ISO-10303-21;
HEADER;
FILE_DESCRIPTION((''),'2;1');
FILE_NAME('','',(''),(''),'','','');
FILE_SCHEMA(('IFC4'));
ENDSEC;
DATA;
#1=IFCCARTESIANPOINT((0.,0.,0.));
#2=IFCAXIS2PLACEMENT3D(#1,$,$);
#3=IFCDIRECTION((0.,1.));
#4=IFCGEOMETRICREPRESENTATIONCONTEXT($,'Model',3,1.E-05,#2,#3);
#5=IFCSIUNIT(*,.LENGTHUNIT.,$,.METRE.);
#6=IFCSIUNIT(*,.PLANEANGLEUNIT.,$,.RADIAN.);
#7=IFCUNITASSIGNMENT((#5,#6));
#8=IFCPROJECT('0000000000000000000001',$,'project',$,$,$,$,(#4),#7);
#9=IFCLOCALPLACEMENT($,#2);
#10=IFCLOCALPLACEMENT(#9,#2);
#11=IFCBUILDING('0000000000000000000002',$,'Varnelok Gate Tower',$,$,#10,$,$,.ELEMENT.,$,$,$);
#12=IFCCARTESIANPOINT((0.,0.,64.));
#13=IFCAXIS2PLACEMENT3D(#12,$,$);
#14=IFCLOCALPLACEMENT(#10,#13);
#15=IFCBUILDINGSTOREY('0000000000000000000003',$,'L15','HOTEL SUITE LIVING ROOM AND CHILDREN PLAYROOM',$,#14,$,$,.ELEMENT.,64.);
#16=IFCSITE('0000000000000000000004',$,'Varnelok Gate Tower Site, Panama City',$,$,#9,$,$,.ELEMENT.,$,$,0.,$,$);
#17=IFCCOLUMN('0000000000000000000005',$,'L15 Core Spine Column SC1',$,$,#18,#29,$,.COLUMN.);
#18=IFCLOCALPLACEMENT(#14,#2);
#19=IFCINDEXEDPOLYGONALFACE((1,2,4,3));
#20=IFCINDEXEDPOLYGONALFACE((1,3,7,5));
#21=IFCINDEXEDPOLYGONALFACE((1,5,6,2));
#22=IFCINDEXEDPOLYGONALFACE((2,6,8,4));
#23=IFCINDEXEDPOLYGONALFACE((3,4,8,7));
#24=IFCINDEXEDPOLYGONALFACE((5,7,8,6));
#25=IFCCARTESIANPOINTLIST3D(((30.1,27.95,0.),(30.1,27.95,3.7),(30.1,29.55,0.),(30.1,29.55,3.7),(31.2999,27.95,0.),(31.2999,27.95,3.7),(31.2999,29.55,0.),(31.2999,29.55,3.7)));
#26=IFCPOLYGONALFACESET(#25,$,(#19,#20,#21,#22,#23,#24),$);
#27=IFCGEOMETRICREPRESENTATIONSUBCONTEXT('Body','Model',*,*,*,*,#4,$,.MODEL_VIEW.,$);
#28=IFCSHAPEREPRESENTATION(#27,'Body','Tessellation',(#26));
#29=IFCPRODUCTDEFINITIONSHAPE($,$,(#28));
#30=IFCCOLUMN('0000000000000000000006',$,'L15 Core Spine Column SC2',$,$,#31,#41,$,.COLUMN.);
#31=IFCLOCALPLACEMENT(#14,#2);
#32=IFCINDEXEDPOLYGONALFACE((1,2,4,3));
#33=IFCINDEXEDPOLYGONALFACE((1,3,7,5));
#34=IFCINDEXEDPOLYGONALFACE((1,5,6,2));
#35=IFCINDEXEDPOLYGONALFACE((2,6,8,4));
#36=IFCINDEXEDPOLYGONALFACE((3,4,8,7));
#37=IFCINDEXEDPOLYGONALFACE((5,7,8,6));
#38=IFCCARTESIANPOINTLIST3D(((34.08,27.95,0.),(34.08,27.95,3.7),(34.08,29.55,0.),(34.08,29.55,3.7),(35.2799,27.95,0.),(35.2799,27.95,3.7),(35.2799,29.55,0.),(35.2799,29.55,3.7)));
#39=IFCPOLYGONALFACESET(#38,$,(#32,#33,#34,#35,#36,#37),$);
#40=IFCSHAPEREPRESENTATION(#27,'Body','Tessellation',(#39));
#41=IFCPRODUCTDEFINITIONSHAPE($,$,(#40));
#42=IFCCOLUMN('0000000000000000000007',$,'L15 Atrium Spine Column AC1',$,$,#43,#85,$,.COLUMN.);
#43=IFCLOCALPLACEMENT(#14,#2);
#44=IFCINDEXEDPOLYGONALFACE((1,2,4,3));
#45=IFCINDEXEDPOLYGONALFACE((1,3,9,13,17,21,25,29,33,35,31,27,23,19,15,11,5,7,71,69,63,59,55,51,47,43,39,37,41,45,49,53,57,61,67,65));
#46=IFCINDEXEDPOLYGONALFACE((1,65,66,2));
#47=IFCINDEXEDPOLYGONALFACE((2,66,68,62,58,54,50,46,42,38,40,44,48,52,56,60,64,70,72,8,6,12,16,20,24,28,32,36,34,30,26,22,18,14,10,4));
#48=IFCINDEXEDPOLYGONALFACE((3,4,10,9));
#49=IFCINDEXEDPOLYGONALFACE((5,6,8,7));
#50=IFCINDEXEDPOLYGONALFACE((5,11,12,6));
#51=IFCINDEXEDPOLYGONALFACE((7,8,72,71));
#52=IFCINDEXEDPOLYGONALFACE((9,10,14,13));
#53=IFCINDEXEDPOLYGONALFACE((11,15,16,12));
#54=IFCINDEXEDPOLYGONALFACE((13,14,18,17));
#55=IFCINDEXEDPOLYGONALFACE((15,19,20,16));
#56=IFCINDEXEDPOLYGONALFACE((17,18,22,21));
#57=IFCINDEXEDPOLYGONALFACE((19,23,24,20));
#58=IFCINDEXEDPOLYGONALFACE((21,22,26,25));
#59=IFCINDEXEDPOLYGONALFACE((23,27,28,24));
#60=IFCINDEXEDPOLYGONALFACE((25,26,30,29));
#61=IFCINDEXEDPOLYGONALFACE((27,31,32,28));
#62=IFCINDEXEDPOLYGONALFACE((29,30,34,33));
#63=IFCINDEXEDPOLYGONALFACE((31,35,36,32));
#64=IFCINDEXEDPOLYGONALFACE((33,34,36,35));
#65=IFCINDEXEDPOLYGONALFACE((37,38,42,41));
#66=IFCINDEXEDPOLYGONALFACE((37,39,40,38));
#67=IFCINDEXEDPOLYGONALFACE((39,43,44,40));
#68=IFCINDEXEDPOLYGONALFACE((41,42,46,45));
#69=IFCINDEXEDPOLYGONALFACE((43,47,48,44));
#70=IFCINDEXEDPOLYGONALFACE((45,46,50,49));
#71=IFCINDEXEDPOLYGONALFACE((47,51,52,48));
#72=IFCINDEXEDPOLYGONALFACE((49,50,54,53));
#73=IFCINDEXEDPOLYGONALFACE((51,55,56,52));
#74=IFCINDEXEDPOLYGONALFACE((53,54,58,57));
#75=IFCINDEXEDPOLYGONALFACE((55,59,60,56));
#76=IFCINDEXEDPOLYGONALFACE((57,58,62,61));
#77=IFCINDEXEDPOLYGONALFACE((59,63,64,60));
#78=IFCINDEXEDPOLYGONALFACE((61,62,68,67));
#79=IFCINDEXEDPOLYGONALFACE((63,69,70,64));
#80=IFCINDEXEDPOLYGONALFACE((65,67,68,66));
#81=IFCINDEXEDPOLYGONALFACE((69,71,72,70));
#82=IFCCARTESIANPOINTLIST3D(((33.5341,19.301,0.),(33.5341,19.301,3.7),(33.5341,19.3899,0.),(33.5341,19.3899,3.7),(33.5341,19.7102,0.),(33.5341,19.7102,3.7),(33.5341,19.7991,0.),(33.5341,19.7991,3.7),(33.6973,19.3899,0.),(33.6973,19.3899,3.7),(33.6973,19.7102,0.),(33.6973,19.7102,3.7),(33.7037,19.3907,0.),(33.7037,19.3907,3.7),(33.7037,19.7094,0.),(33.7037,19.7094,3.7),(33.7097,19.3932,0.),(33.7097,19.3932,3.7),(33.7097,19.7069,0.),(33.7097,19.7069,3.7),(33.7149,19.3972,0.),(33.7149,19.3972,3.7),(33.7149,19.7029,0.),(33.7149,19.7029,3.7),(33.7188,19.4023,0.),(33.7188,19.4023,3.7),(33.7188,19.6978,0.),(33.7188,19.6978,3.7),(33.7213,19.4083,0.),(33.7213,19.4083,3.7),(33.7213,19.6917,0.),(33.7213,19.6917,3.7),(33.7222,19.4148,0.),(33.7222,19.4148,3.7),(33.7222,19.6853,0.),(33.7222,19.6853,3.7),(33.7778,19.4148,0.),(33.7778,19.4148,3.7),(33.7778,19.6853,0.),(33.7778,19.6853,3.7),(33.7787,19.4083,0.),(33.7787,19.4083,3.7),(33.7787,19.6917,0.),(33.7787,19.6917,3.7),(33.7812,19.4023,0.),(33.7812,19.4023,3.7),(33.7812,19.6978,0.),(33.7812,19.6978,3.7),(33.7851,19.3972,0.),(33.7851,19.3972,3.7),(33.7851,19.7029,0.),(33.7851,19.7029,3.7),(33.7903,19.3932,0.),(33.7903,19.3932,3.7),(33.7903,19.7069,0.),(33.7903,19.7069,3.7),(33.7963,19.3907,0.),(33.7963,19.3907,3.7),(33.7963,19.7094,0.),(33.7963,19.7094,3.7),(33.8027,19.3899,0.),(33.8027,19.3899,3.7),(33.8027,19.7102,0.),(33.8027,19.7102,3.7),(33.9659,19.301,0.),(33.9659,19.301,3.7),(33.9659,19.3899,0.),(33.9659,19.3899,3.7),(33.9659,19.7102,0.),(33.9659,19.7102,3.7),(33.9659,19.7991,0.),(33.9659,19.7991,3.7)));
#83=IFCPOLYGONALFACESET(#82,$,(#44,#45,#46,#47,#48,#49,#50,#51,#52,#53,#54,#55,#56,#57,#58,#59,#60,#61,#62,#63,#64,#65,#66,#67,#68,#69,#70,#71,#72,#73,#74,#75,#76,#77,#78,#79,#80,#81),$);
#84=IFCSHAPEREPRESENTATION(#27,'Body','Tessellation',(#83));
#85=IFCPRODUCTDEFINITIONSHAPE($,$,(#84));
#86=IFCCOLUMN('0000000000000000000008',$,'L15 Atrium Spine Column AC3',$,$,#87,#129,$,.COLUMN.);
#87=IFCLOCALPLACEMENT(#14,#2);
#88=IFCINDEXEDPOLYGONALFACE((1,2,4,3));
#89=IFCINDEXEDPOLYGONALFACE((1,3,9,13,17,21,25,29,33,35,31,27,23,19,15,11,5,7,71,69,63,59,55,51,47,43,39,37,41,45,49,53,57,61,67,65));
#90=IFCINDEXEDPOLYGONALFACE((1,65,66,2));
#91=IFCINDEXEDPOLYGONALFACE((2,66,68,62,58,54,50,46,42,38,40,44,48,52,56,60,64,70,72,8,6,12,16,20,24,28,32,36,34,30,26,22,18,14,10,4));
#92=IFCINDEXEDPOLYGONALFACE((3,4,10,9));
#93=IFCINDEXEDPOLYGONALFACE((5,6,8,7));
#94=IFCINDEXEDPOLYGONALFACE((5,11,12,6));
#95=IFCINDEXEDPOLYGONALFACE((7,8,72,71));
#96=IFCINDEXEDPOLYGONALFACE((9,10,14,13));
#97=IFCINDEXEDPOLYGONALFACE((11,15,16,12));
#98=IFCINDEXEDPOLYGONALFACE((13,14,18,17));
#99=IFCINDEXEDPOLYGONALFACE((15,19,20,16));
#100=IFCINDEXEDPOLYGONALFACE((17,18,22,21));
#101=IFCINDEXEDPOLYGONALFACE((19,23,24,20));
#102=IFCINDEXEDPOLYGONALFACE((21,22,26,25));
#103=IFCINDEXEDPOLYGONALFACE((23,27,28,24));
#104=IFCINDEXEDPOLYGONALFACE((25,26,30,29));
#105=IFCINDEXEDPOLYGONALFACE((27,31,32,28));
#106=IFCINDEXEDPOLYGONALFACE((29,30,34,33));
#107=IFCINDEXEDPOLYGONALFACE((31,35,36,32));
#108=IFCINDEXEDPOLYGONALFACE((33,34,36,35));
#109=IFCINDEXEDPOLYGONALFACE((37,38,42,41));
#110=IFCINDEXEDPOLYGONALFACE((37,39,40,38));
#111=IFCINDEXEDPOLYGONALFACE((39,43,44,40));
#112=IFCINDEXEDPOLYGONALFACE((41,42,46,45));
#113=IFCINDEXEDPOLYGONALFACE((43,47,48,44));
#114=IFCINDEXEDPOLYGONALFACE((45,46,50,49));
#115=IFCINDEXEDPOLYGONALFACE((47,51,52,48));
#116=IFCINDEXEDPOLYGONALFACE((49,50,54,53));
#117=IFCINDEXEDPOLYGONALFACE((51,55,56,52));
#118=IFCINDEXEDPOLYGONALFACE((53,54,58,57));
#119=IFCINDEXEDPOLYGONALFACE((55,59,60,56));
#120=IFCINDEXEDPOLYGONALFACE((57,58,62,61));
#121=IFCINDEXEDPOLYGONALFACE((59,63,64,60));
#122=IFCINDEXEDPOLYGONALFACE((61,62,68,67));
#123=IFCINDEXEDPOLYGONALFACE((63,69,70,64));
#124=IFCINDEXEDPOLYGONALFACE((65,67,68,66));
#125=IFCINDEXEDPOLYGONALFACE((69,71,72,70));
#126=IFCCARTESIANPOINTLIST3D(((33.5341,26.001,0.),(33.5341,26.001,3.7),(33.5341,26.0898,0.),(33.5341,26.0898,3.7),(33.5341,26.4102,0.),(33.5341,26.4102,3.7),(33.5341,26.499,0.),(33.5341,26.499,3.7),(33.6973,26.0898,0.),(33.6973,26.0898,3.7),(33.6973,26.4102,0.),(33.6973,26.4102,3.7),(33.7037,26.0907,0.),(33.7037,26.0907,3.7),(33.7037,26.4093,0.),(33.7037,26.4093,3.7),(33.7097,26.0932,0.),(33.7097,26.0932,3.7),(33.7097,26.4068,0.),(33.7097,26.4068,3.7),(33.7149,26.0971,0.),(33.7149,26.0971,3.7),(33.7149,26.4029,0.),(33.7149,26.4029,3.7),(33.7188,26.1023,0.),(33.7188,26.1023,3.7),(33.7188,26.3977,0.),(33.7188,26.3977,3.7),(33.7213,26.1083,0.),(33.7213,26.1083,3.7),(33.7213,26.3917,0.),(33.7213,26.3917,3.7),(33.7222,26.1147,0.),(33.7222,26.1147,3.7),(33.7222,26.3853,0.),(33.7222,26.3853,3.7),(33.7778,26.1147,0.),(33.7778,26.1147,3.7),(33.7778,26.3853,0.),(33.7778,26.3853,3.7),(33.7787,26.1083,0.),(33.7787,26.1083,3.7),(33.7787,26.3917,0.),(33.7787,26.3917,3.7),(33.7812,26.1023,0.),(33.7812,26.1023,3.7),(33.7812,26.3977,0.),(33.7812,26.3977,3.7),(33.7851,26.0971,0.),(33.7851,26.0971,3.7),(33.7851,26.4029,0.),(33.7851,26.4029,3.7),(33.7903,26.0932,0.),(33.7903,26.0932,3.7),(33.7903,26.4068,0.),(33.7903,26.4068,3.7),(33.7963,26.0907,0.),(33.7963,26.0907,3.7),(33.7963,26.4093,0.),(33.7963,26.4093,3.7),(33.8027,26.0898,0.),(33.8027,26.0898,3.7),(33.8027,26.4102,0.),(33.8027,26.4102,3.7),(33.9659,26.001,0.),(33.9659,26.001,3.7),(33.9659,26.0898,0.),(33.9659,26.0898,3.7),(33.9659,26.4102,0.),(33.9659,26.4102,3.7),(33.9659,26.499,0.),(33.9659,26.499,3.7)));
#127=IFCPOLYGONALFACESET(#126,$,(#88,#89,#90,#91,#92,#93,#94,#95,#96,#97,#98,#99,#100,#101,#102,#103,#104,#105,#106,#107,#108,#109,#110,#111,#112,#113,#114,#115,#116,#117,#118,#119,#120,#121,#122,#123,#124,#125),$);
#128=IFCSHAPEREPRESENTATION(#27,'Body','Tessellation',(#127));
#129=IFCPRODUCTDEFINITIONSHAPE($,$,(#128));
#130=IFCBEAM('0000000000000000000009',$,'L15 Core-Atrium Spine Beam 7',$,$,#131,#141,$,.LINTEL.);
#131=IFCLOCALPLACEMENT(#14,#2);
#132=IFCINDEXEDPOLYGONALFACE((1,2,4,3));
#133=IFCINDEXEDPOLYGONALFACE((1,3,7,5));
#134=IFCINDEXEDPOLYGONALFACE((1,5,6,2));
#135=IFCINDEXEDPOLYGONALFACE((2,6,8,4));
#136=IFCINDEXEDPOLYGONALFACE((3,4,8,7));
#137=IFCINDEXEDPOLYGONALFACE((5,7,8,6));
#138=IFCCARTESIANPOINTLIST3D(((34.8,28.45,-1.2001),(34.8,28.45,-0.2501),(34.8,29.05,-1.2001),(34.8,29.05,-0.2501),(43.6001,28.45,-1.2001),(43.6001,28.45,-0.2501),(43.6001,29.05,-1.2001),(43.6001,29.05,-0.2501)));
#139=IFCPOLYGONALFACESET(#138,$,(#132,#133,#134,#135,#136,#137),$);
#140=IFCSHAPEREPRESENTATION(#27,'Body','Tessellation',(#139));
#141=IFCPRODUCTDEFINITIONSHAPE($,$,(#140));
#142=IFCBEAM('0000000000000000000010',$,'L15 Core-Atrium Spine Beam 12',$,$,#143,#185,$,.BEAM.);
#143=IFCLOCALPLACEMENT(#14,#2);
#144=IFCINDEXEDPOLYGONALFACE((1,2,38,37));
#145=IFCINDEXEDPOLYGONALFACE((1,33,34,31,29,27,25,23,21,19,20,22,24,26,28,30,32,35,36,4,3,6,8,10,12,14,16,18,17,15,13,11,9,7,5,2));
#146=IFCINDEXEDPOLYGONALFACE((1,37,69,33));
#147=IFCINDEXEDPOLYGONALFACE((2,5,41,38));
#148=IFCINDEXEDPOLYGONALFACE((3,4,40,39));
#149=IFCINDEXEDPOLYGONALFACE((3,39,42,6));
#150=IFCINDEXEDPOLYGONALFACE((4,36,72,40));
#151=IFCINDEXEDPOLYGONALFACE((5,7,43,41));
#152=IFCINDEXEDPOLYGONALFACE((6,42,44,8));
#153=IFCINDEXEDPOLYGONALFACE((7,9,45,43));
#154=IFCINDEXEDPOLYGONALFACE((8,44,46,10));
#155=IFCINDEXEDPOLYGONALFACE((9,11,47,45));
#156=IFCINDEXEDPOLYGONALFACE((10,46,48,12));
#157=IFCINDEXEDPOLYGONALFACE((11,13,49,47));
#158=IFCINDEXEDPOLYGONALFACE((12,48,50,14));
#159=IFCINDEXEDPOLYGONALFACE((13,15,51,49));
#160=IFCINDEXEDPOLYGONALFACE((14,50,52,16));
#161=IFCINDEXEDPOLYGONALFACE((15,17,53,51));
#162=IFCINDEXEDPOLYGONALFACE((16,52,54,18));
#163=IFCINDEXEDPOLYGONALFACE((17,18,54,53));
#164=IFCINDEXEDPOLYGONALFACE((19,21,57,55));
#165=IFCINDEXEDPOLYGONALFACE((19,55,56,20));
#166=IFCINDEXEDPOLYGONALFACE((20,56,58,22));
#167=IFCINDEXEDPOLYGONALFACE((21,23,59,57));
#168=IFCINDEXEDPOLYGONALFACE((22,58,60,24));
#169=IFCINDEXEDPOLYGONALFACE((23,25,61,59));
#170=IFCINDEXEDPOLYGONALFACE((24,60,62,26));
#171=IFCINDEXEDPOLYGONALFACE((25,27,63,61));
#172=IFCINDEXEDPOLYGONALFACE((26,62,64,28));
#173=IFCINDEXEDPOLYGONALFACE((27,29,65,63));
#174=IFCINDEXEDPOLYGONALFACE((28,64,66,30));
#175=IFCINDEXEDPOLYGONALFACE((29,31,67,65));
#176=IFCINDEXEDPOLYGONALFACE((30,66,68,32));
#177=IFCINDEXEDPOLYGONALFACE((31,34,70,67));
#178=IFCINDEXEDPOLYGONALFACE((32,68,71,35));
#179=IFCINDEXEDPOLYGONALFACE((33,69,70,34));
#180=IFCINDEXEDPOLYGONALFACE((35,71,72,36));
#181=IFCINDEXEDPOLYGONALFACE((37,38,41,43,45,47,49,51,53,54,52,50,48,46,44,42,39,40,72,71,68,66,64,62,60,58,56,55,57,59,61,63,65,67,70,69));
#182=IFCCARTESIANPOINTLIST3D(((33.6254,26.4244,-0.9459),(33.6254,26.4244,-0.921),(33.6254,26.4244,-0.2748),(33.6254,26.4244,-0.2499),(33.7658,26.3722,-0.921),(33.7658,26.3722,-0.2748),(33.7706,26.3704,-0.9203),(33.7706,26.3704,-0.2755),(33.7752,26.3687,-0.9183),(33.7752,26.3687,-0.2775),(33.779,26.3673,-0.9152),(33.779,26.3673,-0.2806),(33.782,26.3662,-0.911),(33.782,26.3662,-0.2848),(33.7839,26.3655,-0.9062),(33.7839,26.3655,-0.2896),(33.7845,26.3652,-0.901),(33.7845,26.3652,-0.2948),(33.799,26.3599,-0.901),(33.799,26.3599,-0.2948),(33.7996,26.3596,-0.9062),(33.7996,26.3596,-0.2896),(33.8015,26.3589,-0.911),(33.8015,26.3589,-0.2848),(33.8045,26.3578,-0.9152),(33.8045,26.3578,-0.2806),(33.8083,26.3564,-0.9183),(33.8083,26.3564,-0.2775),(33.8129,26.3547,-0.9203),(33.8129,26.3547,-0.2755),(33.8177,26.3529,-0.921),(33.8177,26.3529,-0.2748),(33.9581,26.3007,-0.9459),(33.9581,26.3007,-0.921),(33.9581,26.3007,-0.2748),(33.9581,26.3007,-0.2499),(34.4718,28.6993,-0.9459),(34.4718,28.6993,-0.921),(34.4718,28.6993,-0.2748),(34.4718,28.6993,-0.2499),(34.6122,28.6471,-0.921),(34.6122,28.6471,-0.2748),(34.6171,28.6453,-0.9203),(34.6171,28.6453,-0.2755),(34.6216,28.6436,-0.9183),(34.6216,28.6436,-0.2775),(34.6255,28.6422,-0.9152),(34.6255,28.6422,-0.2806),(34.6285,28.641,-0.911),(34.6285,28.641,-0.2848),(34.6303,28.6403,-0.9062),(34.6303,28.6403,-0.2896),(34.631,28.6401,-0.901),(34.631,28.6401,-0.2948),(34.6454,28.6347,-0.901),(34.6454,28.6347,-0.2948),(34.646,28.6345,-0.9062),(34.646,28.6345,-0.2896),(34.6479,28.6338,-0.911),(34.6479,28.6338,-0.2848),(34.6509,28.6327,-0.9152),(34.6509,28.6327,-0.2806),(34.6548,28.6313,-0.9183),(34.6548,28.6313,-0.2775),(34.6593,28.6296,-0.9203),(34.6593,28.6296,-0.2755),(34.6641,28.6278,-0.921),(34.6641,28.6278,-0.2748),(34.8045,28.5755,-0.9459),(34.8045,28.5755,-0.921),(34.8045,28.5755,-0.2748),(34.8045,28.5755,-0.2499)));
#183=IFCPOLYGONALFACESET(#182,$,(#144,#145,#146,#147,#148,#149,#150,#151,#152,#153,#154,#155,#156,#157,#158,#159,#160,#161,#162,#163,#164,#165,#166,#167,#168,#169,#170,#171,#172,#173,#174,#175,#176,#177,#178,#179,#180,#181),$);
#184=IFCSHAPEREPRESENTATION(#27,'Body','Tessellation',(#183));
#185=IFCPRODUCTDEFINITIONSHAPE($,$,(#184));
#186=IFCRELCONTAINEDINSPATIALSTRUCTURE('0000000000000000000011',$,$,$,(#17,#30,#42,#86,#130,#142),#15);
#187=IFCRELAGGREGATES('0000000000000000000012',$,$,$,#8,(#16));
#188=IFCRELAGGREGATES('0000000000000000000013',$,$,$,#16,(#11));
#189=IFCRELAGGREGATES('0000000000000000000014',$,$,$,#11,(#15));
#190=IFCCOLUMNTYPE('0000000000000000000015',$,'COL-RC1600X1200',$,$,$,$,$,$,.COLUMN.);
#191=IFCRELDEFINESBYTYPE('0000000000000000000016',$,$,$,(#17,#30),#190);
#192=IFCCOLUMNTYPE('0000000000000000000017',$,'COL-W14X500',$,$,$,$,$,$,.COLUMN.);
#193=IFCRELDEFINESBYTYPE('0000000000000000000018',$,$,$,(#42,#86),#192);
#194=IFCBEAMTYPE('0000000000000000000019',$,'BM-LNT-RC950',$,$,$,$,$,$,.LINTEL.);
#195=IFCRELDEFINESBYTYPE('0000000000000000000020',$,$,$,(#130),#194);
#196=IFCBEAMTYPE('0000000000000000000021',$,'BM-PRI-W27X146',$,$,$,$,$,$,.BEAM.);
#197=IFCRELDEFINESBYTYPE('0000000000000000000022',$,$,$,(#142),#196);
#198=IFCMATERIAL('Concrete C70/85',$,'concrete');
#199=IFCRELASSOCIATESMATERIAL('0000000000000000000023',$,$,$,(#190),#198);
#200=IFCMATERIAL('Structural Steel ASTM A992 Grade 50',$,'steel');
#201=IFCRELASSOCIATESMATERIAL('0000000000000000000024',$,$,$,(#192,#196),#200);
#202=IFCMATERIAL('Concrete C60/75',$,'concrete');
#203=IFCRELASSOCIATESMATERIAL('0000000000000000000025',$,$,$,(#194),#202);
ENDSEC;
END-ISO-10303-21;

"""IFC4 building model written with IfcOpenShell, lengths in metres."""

from ifc_helpers import new_model, si_unit, direction, frame, origin, origin_2d, place, context, subcontext, project, spatial, rectangle, i_section, extrude, material, material_profile, profile_set, type_object, element, save


model = new_model("IFC4")

# Units and contexts
model_context = context("Model", 3, precision=1e-05, world=origin(), true_north=direction((0.0, 1.0)))
body_context = subcontext(model_context, "Body", "Model", "MODEL_VIEW")
ifc_project = project(units=[si_unit("LENGTHUNIT", "METRE"), si_unit("PLANEANGLEUNIT", "RADIAN")], contexts=[model_context])

# Site, building, storey
site_placement = place(None, origin())
site = spatial("IfcSite", under=ifc_project, at=site_placement, Name="Varnelok Gate Tower Site, Panama City", CompositionType="ELEMENT", RefElevation=0.0)
building_placement = place(site_placement, origin())
building = spatial("IfcBuilding", under=site, at=building_placement, Name="Varnelok Gate Tower", CompositionType="ELEMENT")
storey_placement = place(building_placement, frame((0.0, 0.0, 64.0)))
storey = spatial("IfcBuildingStorey", under=building, at=storey_placement, Name="L15", Description="HOTEL SUITE LIVING ROOM AND CHILDREN PLAYROOM", CompositionType="ELEMENT", Elevation=64.0)

# Columns
ifc_material_1 = material(Name="Concrete C70/85", Category="concrete")
ifc_material_profile_1 = material_profile(ifc_material_1, rectangle(XDim=1.2, YDim=1.6001, at=origin_2d()), Name="RC1600X1200")
ifc_profile_set_1 = profile_set([ifc_material_profile_1], Name="Concrete C70/85")
column_type_1 = type_object("IfcColumnType", Name="COL-RC1600X1200", PredefinedType="COLUMN", material=ifc_profile_set_1)
for number, where, z_axis, x_axis, name in (
    (1, (30.7, 28.75, 0.0), (0.0, 0.0, 1.0), (1.0, 0.0, 0.0), "L15 Core Spine Column SC1"),
    (2, (34.6799, 28.75, 0.0), (0.0, 0.0, 1.0), (1.0, 0.0, 0.0), "L15 Core Spine Column SC2"),
):
    element("IfcColumn", number, at=place(storey_placement, frame(where, z_axis=z_axis, x_axis=x_axis)), inside=storey, type_object=column_type_1, Name=name, PredefinedType="COLUMN", context=body_context, shape_type="SweptSolid", body=[
        extrude(rectangle(XDim=1.2, YDim=1.6001, at=origin_2d()), origin(), (0.0, 0.0, 1.0), 3.7),
    ])
ifc_material_2 = material(Name="Structural Steel ASTM A992 Grade 50", Category="steel")
ifc_material_profile_2 = material_profile(ifc_material_2, i_section(OverallWidth=0.4319, OverallDepth=0.498, WebThickness=0.0557, FlangeThickness=0.0889, FilletRadius=0.0249, at=origin_2d()), Name="W14X500")
ifc_profile_set_2 = profile_set([ifc_material_profile_2], Name="Structural Steel ASTM A992 Grade 50")
column_type_2 = type_object("IfcColumnType", Name="COL-W14X500", PredefinedType="COLUMN", material=ifc_profile_set_2)
for number, where, z_axis, x_axis, name in (
    (3, (33.75, 19.55, 0.0), (0.0, 0.0, 1.0), (1.0, 0.0, 0.0), "L15 Atrium Spine Column AC1"),
    (4, (33.75, 26.25, 0.0), (0.0, 0.0, 1.0), (1.0, 0.0, 0.0), "L15 Atrium Spine Column AC3"),
):
    element("IfcColumn", number, at=place(storey_placement, frame(where, z_axis=z_axis, x_axis=x_axis)), inside=storey, type_object=column_type_2, Name=name, PredefinedType="COLUMN", context=body_context, shape_type="SweptSolid", body=[
        extrude(i_section(OverallWidth=0.4319, OverallDepth=0.498, WebThickness=0.0557, FlangeThickness=0.0889, FilletRadius=0.0249, at=origin_2d()), origin(), (0.0, 0.0, 1.0), 3.7),
    ])

# Beams
ifc_material_3 = material(Name="Concrete C60/75", Category="concrete")
ifc_material_profile_3 = material_profile(ifc_material_3, rectangle(XDim=0.6001, YDim=0.95, at=origin_2d()), Name="RC950X600")
ifc_profile_set_3 = profile_set([ifc_material_profile_3], Name="Concrete C60/75")
beam_type_1 = type_object("IfcBeamType", Name="BM-LNT-RC950", PredefinedType="LINTEL", material=ifc_profile_set_3)
beam_1_placement = place(storey_placement, frame((34.8, 28.75, -0.7251), z_axis=(1.0, 0.0, 0.0), x_axis=(0.0, 1.0, 0.0)))
element("IfcBeam", 5, at=beam_1_placement, inside=storey, type_object=beam_type_1, Name="L15 Core-Atrium Spine Beam 7", PredefinedType="LINTEL", context=body_context, shape_type="SweptSolid", body=[
    extrude(rectangle(XDim=0.6001, YDim=0.95, at=origin_2d()), origin(), (0.0, 0.0, 1.0), 8.8),
])
ifc_material_profile_4 = material_profile(ifc_material_2, i_section(OverallWidth=0.355, OverallDepth=0.696, WebThickness=0.0154, FlangeThickness=0.0249, FilletRadius=0.02, at=origin_2d()), Name="W27X146")
ifc_profile_set_4 = profile_set([ifc_material_profile_4], Name="Structural Steel ASTM A992 Grade 50")
beam_type_2 = type_object("IfcBeamType", Name="BM-PRI-W27X146", PredefinedType="BEAM", material=ifc_profile_set_4)
beam_2_placement = place(storey_placement, frame((33.7917, 26.3625, -0.5979), z_axis=(0.348719, 0.937227, 0.0), x_axis=(-0.937227, 0.348719, 0.0)))
element("IfcBeam", 6, at=beam_2_placement, inside=storey, type_object=beam_type_2, Name="L15 Core-Atrium Spine Beam 12", PredefinedType="BEAM", context=body_context, shape_type="SweptSolid", body=[
    extrude(i_section(OverallWidth=0.355, OverallDepth=0.696, WebThickness=0.0154, FlangeThickness=0.0249, FilletRadius=0.02, at=origin_2d()), origin(), (0.0, 0.0, 1.0), 2.4272),
])

save(model, "model.ifc")
